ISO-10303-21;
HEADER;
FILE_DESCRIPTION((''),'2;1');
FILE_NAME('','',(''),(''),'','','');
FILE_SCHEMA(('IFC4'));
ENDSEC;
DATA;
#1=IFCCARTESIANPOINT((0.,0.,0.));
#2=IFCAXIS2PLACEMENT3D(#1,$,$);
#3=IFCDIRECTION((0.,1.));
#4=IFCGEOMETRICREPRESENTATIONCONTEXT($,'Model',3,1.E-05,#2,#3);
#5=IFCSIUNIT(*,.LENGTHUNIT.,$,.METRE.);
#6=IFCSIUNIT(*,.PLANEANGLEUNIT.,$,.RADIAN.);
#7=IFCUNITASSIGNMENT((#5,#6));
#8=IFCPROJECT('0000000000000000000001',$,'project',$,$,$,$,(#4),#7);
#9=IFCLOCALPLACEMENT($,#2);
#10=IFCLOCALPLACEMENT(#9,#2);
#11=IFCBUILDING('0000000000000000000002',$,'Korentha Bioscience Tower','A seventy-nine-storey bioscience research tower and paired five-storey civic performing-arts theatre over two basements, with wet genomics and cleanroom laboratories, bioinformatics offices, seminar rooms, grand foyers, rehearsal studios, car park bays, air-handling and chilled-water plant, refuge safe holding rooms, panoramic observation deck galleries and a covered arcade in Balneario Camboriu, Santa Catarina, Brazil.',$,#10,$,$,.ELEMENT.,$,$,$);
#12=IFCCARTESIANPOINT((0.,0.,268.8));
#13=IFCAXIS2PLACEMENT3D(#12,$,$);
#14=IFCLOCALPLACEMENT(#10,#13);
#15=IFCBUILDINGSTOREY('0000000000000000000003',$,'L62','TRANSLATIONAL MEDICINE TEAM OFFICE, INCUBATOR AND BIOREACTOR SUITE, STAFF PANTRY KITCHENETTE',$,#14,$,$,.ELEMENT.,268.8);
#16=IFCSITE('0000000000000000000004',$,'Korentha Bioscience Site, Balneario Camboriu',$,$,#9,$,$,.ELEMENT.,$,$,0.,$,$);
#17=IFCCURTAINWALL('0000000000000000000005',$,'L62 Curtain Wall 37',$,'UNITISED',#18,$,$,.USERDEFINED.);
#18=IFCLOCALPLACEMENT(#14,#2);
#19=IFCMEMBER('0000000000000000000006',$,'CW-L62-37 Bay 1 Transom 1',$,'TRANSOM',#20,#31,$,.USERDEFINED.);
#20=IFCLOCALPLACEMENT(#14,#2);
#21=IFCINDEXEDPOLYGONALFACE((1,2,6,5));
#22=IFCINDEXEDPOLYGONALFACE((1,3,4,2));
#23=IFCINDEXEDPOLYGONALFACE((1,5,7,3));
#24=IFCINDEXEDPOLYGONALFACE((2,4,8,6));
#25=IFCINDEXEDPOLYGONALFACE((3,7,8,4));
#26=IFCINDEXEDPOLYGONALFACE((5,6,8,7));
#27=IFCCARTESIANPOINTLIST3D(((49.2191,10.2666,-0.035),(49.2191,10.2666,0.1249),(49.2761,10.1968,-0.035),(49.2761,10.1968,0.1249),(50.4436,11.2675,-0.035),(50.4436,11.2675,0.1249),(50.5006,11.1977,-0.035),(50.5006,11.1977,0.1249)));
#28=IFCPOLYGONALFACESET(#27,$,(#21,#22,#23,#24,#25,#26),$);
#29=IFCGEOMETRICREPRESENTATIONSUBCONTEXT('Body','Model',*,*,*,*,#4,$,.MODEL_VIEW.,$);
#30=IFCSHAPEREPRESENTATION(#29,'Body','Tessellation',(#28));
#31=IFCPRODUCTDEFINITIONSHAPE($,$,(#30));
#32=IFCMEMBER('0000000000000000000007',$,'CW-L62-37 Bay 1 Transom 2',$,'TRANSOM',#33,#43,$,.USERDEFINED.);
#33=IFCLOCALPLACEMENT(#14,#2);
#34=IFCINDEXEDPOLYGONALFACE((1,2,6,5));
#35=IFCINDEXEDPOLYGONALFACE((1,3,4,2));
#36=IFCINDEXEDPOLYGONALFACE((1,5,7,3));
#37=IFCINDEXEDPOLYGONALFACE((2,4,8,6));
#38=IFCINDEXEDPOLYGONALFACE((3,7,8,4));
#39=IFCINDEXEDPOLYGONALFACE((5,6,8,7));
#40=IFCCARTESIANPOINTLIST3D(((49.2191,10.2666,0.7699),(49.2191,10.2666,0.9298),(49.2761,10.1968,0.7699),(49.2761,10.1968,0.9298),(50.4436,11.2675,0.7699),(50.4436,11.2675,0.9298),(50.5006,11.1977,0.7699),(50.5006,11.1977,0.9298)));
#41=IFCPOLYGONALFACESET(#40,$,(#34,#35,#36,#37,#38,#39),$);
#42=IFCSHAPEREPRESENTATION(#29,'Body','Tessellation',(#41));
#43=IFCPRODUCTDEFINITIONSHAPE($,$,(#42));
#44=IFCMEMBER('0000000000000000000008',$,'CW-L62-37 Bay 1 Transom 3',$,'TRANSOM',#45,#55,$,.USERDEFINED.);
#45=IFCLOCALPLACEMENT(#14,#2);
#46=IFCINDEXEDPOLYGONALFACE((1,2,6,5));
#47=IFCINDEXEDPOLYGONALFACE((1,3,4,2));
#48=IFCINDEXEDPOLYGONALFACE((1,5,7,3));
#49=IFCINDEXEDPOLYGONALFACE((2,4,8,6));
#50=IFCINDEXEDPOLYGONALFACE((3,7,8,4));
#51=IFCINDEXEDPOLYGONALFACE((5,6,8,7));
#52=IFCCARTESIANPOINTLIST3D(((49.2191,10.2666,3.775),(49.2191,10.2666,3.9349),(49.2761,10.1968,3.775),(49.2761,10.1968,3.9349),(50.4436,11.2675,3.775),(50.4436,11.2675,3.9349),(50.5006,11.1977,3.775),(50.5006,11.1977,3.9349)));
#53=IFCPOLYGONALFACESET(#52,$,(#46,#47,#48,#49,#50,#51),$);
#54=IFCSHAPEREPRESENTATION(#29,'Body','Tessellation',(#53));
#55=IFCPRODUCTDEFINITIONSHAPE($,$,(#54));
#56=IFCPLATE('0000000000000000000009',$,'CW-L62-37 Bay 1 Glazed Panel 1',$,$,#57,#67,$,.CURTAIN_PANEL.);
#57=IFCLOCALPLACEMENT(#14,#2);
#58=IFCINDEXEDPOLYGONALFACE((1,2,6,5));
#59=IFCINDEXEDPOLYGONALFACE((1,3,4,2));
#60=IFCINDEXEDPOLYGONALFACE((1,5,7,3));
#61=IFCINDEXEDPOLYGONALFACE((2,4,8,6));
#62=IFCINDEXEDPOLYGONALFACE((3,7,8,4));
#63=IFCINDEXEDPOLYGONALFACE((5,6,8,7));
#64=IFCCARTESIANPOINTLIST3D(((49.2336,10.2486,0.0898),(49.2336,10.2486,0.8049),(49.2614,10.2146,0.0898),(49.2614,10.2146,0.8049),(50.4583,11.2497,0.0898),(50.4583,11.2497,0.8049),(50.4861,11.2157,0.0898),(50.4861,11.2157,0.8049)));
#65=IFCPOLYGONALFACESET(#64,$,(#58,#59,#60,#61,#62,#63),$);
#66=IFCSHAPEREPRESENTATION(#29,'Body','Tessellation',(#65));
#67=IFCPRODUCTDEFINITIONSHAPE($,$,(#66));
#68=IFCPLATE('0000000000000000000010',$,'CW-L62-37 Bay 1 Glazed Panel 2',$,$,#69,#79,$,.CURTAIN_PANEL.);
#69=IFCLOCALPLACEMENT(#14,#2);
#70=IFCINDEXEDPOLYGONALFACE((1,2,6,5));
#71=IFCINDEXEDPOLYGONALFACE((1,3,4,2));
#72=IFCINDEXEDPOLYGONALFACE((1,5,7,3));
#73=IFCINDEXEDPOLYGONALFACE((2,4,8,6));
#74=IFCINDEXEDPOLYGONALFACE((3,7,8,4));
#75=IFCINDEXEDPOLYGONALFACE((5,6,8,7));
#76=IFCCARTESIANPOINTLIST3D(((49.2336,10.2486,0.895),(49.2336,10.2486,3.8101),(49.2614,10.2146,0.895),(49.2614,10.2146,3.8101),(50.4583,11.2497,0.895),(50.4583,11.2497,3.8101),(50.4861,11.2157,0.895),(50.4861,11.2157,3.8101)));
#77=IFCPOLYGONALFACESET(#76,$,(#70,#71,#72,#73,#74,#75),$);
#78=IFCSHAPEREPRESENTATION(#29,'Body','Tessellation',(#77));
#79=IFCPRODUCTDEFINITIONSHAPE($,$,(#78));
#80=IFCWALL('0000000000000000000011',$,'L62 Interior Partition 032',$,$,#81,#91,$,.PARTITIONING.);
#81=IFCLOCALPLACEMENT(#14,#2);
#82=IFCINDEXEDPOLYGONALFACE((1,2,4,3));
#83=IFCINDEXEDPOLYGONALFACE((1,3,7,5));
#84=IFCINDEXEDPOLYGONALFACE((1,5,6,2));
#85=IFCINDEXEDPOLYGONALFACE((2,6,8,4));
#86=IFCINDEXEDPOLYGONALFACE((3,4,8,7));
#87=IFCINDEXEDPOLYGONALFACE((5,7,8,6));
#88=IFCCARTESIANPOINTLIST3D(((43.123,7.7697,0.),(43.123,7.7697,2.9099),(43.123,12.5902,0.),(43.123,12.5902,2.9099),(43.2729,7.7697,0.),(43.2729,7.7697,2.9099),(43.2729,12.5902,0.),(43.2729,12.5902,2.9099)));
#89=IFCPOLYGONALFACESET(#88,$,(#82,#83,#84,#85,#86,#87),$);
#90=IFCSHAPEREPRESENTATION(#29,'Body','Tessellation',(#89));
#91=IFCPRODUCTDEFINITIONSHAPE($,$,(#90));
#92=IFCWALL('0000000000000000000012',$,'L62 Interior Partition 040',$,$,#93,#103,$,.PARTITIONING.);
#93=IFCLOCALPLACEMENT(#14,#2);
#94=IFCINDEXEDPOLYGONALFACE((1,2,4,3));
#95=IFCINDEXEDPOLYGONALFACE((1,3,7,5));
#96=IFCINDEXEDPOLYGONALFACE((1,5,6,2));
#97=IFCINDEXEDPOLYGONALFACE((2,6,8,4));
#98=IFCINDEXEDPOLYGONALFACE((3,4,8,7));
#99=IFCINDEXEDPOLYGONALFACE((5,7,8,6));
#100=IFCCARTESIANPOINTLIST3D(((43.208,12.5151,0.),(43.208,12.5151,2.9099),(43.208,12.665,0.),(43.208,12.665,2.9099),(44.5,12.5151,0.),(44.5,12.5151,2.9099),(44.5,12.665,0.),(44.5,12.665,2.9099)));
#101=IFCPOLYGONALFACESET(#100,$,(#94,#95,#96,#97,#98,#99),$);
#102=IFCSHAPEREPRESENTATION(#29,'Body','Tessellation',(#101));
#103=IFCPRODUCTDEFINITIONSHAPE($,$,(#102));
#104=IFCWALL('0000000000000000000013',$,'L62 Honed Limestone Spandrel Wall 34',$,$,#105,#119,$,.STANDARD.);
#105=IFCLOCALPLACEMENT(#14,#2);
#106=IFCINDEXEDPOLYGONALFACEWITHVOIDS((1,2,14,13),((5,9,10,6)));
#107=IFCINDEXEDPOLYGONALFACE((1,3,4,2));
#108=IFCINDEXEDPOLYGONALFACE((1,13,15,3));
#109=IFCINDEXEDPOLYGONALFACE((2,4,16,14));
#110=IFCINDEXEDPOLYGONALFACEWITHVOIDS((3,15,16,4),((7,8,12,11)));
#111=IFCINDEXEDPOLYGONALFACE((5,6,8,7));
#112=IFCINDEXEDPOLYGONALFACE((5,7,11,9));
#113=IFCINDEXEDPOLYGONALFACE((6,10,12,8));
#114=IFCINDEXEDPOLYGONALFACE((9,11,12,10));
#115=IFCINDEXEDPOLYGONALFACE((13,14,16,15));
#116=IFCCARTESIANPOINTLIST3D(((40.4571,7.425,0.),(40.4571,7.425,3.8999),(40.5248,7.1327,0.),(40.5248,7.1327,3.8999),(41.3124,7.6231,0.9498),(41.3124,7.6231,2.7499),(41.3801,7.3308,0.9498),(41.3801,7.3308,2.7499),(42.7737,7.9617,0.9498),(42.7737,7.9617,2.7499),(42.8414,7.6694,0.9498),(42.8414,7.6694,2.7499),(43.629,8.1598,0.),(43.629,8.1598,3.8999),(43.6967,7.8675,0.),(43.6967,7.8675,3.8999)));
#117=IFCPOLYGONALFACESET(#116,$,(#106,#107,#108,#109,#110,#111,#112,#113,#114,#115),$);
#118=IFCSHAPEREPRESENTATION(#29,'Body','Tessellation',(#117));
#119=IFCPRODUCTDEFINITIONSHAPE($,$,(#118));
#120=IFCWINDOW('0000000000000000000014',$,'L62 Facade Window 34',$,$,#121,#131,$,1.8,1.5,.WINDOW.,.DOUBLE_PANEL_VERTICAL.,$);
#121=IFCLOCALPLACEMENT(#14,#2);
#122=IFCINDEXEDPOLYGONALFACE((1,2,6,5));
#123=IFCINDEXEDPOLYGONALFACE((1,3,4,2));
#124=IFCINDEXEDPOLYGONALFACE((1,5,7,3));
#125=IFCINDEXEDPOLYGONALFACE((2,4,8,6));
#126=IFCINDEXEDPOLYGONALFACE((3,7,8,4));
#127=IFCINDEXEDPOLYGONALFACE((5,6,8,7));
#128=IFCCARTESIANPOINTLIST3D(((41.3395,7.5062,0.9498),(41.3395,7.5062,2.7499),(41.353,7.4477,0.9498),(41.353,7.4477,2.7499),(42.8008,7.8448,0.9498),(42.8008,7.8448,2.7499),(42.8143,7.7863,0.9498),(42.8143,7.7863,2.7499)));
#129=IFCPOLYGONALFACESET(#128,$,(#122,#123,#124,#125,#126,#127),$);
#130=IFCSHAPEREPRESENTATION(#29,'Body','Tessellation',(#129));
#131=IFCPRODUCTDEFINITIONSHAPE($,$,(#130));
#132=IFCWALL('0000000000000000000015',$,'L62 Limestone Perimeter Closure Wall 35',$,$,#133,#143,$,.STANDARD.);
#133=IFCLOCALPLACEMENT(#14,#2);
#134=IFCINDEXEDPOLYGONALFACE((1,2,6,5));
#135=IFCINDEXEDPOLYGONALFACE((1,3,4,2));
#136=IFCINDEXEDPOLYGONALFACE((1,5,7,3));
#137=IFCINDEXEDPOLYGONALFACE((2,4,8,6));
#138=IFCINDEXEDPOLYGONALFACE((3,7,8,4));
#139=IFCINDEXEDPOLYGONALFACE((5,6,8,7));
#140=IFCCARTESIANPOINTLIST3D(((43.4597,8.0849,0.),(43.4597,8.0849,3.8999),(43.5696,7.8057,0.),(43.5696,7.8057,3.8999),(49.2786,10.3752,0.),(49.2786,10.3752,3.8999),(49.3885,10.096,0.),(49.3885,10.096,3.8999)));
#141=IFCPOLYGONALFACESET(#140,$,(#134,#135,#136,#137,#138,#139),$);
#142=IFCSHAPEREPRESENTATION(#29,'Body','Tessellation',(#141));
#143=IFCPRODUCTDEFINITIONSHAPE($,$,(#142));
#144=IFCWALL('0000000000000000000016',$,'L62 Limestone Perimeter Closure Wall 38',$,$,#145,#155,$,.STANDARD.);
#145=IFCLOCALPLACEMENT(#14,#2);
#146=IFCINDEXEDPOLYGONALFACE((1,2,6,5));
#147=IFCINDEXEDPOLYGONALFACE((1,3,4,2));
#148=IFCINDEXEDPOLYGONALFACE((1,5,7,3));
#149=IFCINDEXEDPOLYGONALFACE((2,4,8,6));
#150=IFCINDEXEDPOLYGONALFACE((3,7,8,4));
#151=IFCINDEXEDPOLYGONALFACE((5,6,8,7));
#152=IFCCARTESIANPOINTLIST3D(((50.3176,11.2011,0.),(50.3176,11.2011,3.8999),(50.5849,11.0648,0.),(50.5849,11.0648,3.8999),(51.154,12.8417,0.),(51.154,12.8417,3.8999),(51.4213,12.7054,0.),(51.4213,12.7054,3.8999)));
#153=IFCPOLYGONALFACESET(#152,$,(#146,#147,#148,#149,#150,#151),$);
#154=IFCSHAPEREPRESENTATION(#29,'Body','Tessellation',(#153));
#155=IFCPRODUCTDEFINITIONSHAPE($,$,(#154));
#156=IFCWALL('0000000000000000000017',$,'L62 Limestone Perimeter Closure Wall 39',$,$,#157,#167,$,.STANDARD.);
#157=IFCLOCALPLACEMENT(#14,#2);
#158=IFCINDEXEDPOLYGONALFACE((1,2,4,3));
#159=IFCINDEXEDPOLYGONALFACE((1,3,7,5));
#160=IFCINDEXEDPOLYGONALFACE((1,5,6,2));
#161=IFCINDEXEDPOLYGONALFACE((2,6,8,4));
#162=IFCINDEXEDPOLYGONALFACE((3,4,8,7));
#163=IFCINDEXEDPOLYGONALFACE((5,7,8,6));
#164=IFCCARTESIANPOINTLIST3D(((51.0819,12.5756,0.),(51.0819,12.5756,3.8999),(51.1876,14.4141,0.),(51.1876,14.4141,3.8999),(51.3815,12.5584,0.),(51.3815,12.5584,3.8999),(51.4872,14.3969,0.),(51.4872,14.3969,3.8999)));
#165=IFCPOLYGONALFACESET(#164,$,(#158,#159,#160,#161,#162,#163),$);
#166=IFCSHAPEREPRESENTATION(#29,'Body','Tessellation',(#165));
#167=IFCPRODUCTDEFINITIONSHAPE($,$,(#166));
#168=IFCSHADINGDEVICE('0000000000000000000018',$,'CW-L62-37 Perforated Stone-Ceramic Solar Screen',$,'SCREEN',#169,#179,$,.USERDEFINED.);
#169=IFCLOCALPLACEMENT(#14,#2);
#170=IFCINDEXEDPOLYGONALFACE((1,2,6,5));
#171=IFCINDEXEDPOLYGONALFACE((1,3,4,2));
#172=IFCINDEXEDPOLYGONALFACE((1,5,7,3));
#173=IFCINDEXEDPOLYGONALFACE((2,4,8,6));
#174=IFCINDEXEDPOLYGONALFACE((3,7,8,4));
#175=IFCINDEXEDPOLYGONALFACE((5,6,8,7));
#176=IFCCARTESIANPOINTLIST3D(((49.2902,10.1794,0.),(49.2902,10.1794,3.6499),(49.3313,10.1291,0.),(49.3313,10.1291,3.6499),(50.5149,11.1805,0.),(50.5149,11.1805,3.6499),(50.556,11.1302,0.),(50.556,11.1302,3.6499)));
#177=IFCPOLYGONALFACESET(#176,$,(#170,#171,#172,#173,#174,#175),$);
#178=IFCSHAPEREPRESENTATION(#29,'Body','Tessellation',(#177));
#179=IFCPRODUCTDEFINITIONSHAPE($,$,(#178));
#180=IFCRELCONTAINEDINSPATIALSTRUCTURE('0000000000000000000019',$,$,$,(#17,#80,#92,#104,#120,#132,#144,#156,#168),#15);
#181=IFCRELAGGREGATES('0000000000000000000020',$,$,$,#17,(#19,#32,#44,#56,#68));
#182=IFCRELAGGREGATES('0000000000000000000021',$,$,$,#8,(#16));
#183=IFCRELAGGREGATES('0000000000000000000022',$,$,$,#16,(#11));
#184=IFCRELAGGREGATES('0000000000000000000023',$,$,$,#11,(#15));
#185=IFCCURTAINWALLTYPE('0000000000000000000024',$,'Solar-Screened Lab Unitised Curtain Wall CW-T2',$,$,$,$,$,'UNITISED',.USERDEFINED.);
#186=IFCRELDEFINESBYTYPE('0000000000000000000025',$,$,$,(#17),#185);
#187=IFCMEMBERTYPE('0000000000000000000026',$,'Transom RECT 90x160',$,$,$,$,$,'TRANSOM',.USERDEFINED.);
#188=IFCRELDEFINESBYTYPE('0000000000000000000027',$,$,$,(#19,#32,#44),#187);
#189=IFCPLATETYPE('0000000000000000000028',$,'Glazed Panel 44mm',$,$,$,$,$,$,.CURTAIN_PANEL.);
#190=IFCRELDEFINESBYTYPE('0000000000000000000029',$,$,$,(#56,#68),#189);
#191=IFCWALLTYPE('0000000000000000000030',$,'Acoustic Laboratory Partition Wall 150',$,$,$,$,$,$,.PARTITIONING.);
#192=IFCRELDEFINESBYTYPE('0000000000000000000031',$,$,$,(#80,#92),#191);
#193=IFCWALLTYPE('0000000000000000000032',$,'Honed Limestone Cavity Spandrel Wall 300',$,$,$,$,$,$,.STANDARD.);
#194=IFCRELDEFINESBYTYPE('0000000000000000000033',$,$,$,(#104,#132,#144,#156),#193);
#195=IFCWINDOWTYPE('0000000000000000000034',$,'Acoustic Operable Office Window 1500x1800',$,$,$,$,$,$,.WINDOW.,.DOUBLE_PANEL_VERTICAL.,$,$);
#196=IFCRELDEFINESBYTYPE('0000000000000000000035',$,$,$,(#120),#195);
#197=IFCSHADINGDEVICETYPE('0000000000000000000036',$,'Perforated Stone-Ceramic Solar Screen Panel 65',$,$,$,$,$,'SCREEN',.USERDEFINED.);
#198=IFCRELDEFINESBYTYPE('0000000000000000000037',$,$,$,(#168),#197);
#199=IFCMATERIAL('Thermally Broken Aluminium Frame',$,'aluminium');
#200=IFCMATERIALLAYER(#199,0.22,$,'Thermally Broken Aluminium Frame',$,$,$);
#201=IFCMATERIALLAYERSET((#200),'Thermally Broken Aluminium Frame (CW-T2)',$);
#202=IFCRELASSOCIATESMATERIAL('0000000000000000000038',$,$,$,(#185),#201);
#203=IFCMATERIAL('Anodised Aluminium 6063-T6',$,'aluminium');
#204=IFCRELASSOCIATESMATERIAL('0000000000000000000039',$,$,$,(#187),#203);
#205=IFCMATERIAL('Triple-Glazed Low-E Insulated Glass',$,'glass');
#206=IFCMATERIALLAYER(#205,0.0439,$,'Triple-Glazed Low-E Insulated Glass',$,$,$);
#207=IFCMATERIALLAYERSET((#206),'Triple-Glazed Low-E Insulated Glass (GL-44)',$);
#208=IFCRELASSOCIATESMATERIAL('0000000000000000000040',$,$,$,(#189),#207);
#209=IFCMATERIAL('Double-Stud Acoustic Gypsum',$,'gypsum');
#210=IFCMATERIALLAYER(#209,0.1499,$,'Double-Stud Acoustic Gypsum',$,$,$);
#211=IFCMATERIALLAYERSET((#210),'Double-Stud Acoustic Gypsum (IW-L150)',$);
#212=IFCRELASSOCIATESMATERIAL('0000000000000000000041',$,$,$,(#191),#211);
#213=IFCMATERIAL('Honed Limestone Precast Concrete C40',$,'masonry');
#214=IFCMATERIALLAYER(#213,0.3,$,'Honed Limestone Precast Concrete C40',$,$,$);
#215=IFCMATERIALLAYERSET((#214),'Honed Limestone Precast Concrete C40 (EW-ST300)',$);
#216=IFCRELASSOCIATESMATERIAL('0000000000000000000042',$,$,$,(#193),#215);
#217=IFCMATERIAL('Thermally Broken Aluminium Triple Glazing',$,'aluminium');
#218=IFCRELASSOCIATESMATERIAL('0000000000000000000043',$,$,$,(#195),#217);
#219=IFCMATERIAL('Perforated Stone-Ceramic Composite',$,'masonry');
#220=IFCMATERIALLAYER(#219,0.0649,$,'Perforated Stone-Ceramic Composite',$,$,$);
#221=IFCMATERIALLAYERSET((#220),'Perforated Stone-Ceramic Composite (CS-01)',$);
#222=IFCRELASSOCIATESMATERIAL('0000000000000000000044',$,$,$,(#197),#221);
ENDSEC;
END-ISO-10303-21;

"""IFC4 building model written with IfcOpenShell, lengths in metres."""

from ifc_helpers import new_model, si_unit, direction, frame, frame_2d, origin, origin_2d, place, context, subcontext, project, spatial, rectangle, extrude, material, layer, layer_set, material_profile, profile_set, type_object, element, fill, aggregate, save


model = new_model("IFC4")

# Units and contexts
model_context = context("Model", 3, precision=1e-05, world=origin(), true_north=direction((0.0, 1.0)))
body_context = subcontext(model_context, "Body", "Model", "MODEL_VIEW")
ifc_project = project(units=[si_unit("LENGTHUNIT", "METRE"), si_unit("PLANEANGLEUNIT", "RADIAN")], contexts=[model_context])

# Site, building, storey
site_placement = place(None, origin())
site = spatial("IfcSite", under=ifc_project, at=site_placement, Name="Korentha Bioscience Site, Balneario Camboriu", CompositionType="ELEMENT", RefElevation=0.0)
building_placement = place(site_placement, origin())
building = spatial("IfcBuilding", under=site, at=building_placement, Name="Korentha Bioscience Tower", Description="A seventy-nine-storey bioscience research tower and paired five-storey civic performing-arts theatre over two basements, with wet genomics and cleanroom laboratories, bioinformatics offices, seminar rooms, grand foyers, rehearsal studios, car park bays, air-handling and chilled-water plant, refuge safe holding rooms, panoramic observation deck galleries and a covered arcade in Balneario Camboriu, Santa Catarina, Brazil.", CompositionType="ELEMENT")
storey_placement = place(building_placement, frame((0.0, 0.0, 268.8)))
storey = spatial("IfcBuildingStorey", under=building, at=storey_placement, Name="L62", Description="TRANSLATIONAL MEDICINE TEAM OFFICE, INCUBATOR AND BIOREACTOR SUITE, STAFF PANTRY KITCHENETTE", CompositionType="ELEMENT", Elevation=268.8)

# Curtain wall
ifc_material_1 = material(Name="Thermally Broken Aluminium Frame", Category="aluminium")
ifc_layer_1 = layer(ifc_material_1, 0.22, Name="Thermally Broken Aluminium Frame")
ifc_layer_set_1 = layer_set([ifc_layer_1], Name="Thermally Broken Aluminium Frame (CW-T2)")
curtain_wall_type = type_object("IfcCurtainWallType", Name="Solar-Screened Lab Unitised Curtain Wall CW-T2", ElementType="UNITISED", PredefinedType="USERDEFINED", material=ifc_layer_set_1)
curtain_wall_placement = place(storey_placement, origin())
curtain_wall = element("IfcCurtainWall", 1, at=curtain_wall_placement, inside=storey, type_object=curtain_wall_type, Name="L62 Curtain Wall 37", ObjectType="UNITISED", PredefinedType="USERDEFINED")
ifc_material_2 = material(Name="Anodised Aluminium 6063-T6", Category="aluminium")

# Members
ifc_material_profile_1 = material_profile(ifc_material_2, rectangle(XDim=0.0901, YDim=0.1599, at=origin_2d()), Name="Anodised Aluminium 6063-T6")
ifc_profile_set_1 = profile_set([ifc_material_profile_1], Name="Anodised Aluminium 6063-T6 (CW-TRN)")
member_type_1 = type_object("IfcMemberType", Name="Transom RECT 90x160", ElementType="TRANSOM", PredefinedType="USERDEFINED", material=ifc_profile_set_1)
member_1_placement = place(storey_placement, frame((49.2476, 10.2317, 0.0449), z_axis=(0.77426, 0.632868, 0.0), x_axis=(-0.632868, 0.77426, 0.0)))
member_1 = element("IfcMember", 2, at=member_1_placement, type_object=member_type_1, Name="CW-L62-37 Bay 1 Transom 1", ObjectType="TRANSOM", PredefinedType="USERDEFINED", context=body_context, shape_type="SweptSolid", body=[
    extrude(rectangle(XDim=0.0901, YDim=0.1599, at=origin_2d()), origin(), (0.0, 0.0, 1.0), 1.5815),
])
member_2_placement = place(storey_placement, frame((49.2476, 10.2317, 0.8499), z_axis=(0.77426, 0.632868, 0.0), x_axis=(-0.632868, 0.77426, 0.0)))
member_2 = element("IfcMember", 3, at=member_2_placement, type_object=member_type_1, Name="CW-L62-37 Bay 1 Transom 2", ObjectType="TRANSOM", PredefinedType="USERDEFINED", context=body_context, shape_type="SweptSolid", body=[
    extrude(rectangle(XDim=0.0901, YDim=0.1599, at=origin_2d()), origin(), (0.0, 0.0, 1.0), 1.5815),
])
member_3_placement = place(storey_placement, frame((49.2476, 10.2317, 3.855), z_axis=(0.77426, 0.632868, 0.0), x_axis=(-0.632868, 0.77426, 0.0)))
member_3 = element("IfcMember", 4, at=member_3_placement, type_object=member_type_1, Name="CW-L62-37 Bay 1 Transom 3", ObjectType="TRANSOM", PredefinedType="USERDEFINED", context=body_context, shape_type="SweptSolid", body=[
    extrude(rectangle(XDim=0.0901, YDim=0.1599, at=origin_2d()), origin(), (0.0, 0.0, 1.0), 1.5815),
])

# Plates
ifc_material_3 = material(Name="Triple-Glazed Low-E Insulated Glass", Category="glass")
ifc_layer_2 = layer(ifc_material_3, 0.0439, Name="Triple-Glazed Low-E Insulated Glass")
ifc_layer_set_2 = layer_set([ifc_layer_2], Name="Triple-Glazed Low-E Insulated Glass (GL-44)")
plate_type = type_object("IfcPlateType", Name="Glazed Panel 44mm", PredefinedType="CURTAIN_PANEL", material=ifc_layer_set_2)
plate_1_placement = place(storey_placement, frame((49.8599, 10.7322, 0.0898), z_axis=(0.0, 0.0, 1.0), x_axis=(0.774235, 0.632898, 0.0)))
plate_1 = element("IfcPlate", 5, at=plate_1_placement, type_object=plate_type, Name="CW-L62-37 Bay 1 Glazed Panel 1", PredefinedType="CURTAIN_PANEL", context=body_context, shape_type="SweptSolid", body=[
    extrude(rectangle(XDim=1.5818, YDim=0.0439, at=origin_2d()), origin(), (0.0, 0.0, 1.0), 0.7151),
])
plate_2_placement = place(storey_placement, frame((49.8599, 10.7322, 0.895), z_axis=(0.0, 0.0, 1.0), x_axis=(0.774235, 0.632898, 0.0)))
plate_2 = element("IfcPlate", 6, at=plate_2_placement, type_object=plate_type, Name="CW-L62-37 Bay 1 Glazed Panel 2", PredefinedType="CURTAIN_PANEL", context=body_context, shape_type="SweptSolid", body=[
    extrude(rectangle(XDim=1.5818, YDim=0.0439, at=origin_2d()), origin(), (0.0, 0.0, 1.0), 2.915),
])
aggregate(curtain_wall, [member_1, member_2, member_3, plate_1, plate_2])

# Shared definitions
ifc_material_4 = material(Name="Double-Stud Acoustic Gypsum", Category="gypsum")
ifc_layer_3 = layer(ifc_material_4, 0.1499, Name="Double-Stud Acoustic Gypsum")
ifc_layer_set_3 = layer_set([ifc_layer_3], Name="Double-Stud Acoustic Gypsum (IW-L150)")
wall_type_1 = type_object("IfcWallType", Name="Acoustic Laboratory Partition Wall 150", PredefinedType="PARTITIONING", material=ifc_layer_set_3)

# Walls
wall_1_placement = place(storey_placement, frame((43.198, 12.5901, 0.0), z_axis=(0.0, 0.0, 1.0), x_axis=(0.0, -1.0, 0.0)))
element("IfcWall", 7, at=wall_1_placement, inside=storey, type_object=wall_type_1, Name="L62 Interior Partition 032", PredefinedType="PARTITIONING", context=body_context, shape_type="SweptSolid", body=[
    extrude(rectangle(XDim=4.8206, YDim=0.1499, at=frame_2d((2.4102, 0.0))), origin(), (0.0, 0.0, 1.0), 2.9099),
])
wall_2_placement = place(storey_placement, frame((43.208, 12.5901, 0.0), z_axis=(0.0, 0.0, 1.0), x_axis=(1.0, 0.0, 0.0)))
element("IfcWall", 8, at=wall_2_placement, inside=storey, type_object=wall_type_1, Name="L62 Interior Partition 040", PredefinedType="PARTITIONING", context=body_context, shape_type="SweptSolid", body=[
    extrude(rectangle(XDim=1.292, YDim=0.1499, at=frame_2d((0.646, 0.0))), origin(), (0.0, 0.0, 1.0), 2.9099),
])

# Wall, opening, window
ifc_material_5 = material(Name="Honed Limestone Precast Concrete C40", Category="masonry")
ifc_layer_4 = layer(ifc_material_5, 0.3, Name="Honed Limestone Precast Concrete C40")
ifc_layer_set_4 = layer_set([ifc_layer_4], Name="Honed Limestone Precast Concrete C40 (EW-ST300)")
wall_type_2 = type_object("IfcWallType", Name="Honed Limestone Cavity Spandrel Wall 300", PredefinedType="STANDARD", material=ifc_layer_set_4)
wall_3_placement = place(storey_placement, frame((40.491, 7.2788, 0.0), z_axis=(0.0, 0.0, 1.0), x_axis=(0.974196, 0.225703, 0.0)))
wall_3 = element("IfcWall", 9, at=wall_3_placement, inside=storey, type_object=wall_type_2, Name="L62 Honed Limestone Spandrel Wall 34", PredefinedType="STANDARD", context=body_context, shape_type="SweptSolid", body=[
    extrude(rectangle(XDim=3.2559, YDim=0.3, at=frame_2d((1.6279, 0.0))), origin(), (0.0, 0.0, 1.0), 3.8999),
])
opening_1_placement = place(wall_3_placement, frame((0.8779, 0.0, 0.95)))
opening_1 = element("IfcOpeningElement", 10, at=opening_1_placement, cuts=wall_3, PredefinedType="OPENING", context=body_context, shape_type="SweptSolid", body=[
    extrude(rectangle(XDim=1.5, YDim=1.8, at=frame_2d((0.75, 0.8999))), frame((0.0, 0.165, 0.0), z_axis=(0.0, -1.0, 0.0), x_axis=(1.0, 0.0, 0.0)), (0.0, 0.0, 1.0), 0.3298),
])
ifc_material_6 = material(Name="Thermally Broken Aluminium Triple Glazing", Category="aluminium")
window_type = type_object("IfcWindowType", Name="Acoustic Operable Office Window 1500x1800", PartitioningType="DOUBLE_PANEL_VERTICAL", PredefinedType="WINDOW", material=ifc_material_6)
window_placement = place(opening_1_placement, origin())
window = element("IfcWindow", 11, at=window_placement, inside=storey, type_object=window_type, Name="L62 Facade Window 34", OverallHeight=1.8, OverallWidth=1.5, PartitioningType="DOUBLE_PANEL_VERTICAL", PredefinedType="WINDOW", context=body_context, shape_type="SweptSolid", body=[
    extrude(rectangle(XDim=1.5, YDim=1.8, at=frame_2d((0.75, 0.8999))), frame((0.0, 0.03, 0.0), z_axis=(0.0, -1.0, 0.0), x_axis=(1.0, 0.0, 0.0)), (0.0, 0.0, 1.0), 0.0601),
])
fill(opening_1, window)

# Walls
wall_4_placement = place(storey_placement, frame((43.5146, 7.9453, 0.0), z_axis=(0.0, 0.0, 1.0), x_axis=(0.930517, 0.366249, 0.0)))
element("IfcWall", 12, at=wall_4_placement, inside=storey, type_object=wall_type_2, Name="L62 Limestone Perimeter Closure Wall 35", PredefinedType="STANDARD", context=body_context, shape_type="SweptSolid", body=[
    extrude(rectangle(XDim=6.2534, YDim=0.3, at=frame_2d((3.1267, 0.0))), origin(), (0.0, 0.0, 1.0), 3.8999),
])
for number, where, z_axis, x_axis, name in (
    (13, (50.4512, 11.1328, 0.0), (0.0, 0.0, 1.0), (0.4542, 0.8909, 0.0), "L62 Limestone Perimeter Closure Wall 38"),
    (14, (51.2317, 12.5669, 0.0), (0.0, 0.0, 1.0), (0.057401, 0.998351, 0.0), "L62 Limestone Perimeter Closure Wall 39"),
):
    element("IfcWall", number, at=place(storey_placement, frame(where, z_axis=z_axis, x_axis=x_axis)), inside=storey, type_object=wall_type_2, Name=name, PredefinedType="STANDARD", context=body_context, shape_type="SweptSolid", body=[
        extrude(rectangle(XDim=1.8416, YDim=0.3, at=frame_2d((0.9209, 0.0))), origin(), (0.0, 0.0, 1.0), 3.8999),
    ])

# Shading device
ifc_material_7 = material(Name="Perforated Stone-Ceramic Composite", Category="masonry")
ifc_layer_5 = layer(ifc_material_7, 0.0649, Name="Perforated Stone-Ceramic Composite")
ifc_layer_set_5 = layer_set([ifc_layer_5], Name="Perforated Stone-Ceramic Composite (CS-01)")
shading_device_type_1 = type_object("IfcShadingDeviceType", Name="Perforated Stone-Ceramic Solar Screen Panel 65", ElementType="SCREEN", PredefinedType="USERDEFINED", material=ifc_layer_set_5)
shading_device_1_placement = place(storey_placement, frame((49.9231, 10.6548, 0.0), z_axis=(0.0, 0.0, 1.0), x_axis=(0.774235, 0.632898, 0.0)))
element("IfcShadingDevice", 15, at=shading_device_1_placement, inside=storey, type_object=shading_device_type_1, Name="CW-L62-37 Perforated Stone-Ceramic Solar Screen", ObjectType="SCREEN", PredefinedType="USERDEFINED", context=body_context, shape_type="SweptSolid", body=[
    extrude(rectangle(XDim=1.5818, YDim=0.0649, at=origin_2d()), origin(), (0.0, 0.0, 1.0), 3.6499),
])

save(model, "model.ifc")
